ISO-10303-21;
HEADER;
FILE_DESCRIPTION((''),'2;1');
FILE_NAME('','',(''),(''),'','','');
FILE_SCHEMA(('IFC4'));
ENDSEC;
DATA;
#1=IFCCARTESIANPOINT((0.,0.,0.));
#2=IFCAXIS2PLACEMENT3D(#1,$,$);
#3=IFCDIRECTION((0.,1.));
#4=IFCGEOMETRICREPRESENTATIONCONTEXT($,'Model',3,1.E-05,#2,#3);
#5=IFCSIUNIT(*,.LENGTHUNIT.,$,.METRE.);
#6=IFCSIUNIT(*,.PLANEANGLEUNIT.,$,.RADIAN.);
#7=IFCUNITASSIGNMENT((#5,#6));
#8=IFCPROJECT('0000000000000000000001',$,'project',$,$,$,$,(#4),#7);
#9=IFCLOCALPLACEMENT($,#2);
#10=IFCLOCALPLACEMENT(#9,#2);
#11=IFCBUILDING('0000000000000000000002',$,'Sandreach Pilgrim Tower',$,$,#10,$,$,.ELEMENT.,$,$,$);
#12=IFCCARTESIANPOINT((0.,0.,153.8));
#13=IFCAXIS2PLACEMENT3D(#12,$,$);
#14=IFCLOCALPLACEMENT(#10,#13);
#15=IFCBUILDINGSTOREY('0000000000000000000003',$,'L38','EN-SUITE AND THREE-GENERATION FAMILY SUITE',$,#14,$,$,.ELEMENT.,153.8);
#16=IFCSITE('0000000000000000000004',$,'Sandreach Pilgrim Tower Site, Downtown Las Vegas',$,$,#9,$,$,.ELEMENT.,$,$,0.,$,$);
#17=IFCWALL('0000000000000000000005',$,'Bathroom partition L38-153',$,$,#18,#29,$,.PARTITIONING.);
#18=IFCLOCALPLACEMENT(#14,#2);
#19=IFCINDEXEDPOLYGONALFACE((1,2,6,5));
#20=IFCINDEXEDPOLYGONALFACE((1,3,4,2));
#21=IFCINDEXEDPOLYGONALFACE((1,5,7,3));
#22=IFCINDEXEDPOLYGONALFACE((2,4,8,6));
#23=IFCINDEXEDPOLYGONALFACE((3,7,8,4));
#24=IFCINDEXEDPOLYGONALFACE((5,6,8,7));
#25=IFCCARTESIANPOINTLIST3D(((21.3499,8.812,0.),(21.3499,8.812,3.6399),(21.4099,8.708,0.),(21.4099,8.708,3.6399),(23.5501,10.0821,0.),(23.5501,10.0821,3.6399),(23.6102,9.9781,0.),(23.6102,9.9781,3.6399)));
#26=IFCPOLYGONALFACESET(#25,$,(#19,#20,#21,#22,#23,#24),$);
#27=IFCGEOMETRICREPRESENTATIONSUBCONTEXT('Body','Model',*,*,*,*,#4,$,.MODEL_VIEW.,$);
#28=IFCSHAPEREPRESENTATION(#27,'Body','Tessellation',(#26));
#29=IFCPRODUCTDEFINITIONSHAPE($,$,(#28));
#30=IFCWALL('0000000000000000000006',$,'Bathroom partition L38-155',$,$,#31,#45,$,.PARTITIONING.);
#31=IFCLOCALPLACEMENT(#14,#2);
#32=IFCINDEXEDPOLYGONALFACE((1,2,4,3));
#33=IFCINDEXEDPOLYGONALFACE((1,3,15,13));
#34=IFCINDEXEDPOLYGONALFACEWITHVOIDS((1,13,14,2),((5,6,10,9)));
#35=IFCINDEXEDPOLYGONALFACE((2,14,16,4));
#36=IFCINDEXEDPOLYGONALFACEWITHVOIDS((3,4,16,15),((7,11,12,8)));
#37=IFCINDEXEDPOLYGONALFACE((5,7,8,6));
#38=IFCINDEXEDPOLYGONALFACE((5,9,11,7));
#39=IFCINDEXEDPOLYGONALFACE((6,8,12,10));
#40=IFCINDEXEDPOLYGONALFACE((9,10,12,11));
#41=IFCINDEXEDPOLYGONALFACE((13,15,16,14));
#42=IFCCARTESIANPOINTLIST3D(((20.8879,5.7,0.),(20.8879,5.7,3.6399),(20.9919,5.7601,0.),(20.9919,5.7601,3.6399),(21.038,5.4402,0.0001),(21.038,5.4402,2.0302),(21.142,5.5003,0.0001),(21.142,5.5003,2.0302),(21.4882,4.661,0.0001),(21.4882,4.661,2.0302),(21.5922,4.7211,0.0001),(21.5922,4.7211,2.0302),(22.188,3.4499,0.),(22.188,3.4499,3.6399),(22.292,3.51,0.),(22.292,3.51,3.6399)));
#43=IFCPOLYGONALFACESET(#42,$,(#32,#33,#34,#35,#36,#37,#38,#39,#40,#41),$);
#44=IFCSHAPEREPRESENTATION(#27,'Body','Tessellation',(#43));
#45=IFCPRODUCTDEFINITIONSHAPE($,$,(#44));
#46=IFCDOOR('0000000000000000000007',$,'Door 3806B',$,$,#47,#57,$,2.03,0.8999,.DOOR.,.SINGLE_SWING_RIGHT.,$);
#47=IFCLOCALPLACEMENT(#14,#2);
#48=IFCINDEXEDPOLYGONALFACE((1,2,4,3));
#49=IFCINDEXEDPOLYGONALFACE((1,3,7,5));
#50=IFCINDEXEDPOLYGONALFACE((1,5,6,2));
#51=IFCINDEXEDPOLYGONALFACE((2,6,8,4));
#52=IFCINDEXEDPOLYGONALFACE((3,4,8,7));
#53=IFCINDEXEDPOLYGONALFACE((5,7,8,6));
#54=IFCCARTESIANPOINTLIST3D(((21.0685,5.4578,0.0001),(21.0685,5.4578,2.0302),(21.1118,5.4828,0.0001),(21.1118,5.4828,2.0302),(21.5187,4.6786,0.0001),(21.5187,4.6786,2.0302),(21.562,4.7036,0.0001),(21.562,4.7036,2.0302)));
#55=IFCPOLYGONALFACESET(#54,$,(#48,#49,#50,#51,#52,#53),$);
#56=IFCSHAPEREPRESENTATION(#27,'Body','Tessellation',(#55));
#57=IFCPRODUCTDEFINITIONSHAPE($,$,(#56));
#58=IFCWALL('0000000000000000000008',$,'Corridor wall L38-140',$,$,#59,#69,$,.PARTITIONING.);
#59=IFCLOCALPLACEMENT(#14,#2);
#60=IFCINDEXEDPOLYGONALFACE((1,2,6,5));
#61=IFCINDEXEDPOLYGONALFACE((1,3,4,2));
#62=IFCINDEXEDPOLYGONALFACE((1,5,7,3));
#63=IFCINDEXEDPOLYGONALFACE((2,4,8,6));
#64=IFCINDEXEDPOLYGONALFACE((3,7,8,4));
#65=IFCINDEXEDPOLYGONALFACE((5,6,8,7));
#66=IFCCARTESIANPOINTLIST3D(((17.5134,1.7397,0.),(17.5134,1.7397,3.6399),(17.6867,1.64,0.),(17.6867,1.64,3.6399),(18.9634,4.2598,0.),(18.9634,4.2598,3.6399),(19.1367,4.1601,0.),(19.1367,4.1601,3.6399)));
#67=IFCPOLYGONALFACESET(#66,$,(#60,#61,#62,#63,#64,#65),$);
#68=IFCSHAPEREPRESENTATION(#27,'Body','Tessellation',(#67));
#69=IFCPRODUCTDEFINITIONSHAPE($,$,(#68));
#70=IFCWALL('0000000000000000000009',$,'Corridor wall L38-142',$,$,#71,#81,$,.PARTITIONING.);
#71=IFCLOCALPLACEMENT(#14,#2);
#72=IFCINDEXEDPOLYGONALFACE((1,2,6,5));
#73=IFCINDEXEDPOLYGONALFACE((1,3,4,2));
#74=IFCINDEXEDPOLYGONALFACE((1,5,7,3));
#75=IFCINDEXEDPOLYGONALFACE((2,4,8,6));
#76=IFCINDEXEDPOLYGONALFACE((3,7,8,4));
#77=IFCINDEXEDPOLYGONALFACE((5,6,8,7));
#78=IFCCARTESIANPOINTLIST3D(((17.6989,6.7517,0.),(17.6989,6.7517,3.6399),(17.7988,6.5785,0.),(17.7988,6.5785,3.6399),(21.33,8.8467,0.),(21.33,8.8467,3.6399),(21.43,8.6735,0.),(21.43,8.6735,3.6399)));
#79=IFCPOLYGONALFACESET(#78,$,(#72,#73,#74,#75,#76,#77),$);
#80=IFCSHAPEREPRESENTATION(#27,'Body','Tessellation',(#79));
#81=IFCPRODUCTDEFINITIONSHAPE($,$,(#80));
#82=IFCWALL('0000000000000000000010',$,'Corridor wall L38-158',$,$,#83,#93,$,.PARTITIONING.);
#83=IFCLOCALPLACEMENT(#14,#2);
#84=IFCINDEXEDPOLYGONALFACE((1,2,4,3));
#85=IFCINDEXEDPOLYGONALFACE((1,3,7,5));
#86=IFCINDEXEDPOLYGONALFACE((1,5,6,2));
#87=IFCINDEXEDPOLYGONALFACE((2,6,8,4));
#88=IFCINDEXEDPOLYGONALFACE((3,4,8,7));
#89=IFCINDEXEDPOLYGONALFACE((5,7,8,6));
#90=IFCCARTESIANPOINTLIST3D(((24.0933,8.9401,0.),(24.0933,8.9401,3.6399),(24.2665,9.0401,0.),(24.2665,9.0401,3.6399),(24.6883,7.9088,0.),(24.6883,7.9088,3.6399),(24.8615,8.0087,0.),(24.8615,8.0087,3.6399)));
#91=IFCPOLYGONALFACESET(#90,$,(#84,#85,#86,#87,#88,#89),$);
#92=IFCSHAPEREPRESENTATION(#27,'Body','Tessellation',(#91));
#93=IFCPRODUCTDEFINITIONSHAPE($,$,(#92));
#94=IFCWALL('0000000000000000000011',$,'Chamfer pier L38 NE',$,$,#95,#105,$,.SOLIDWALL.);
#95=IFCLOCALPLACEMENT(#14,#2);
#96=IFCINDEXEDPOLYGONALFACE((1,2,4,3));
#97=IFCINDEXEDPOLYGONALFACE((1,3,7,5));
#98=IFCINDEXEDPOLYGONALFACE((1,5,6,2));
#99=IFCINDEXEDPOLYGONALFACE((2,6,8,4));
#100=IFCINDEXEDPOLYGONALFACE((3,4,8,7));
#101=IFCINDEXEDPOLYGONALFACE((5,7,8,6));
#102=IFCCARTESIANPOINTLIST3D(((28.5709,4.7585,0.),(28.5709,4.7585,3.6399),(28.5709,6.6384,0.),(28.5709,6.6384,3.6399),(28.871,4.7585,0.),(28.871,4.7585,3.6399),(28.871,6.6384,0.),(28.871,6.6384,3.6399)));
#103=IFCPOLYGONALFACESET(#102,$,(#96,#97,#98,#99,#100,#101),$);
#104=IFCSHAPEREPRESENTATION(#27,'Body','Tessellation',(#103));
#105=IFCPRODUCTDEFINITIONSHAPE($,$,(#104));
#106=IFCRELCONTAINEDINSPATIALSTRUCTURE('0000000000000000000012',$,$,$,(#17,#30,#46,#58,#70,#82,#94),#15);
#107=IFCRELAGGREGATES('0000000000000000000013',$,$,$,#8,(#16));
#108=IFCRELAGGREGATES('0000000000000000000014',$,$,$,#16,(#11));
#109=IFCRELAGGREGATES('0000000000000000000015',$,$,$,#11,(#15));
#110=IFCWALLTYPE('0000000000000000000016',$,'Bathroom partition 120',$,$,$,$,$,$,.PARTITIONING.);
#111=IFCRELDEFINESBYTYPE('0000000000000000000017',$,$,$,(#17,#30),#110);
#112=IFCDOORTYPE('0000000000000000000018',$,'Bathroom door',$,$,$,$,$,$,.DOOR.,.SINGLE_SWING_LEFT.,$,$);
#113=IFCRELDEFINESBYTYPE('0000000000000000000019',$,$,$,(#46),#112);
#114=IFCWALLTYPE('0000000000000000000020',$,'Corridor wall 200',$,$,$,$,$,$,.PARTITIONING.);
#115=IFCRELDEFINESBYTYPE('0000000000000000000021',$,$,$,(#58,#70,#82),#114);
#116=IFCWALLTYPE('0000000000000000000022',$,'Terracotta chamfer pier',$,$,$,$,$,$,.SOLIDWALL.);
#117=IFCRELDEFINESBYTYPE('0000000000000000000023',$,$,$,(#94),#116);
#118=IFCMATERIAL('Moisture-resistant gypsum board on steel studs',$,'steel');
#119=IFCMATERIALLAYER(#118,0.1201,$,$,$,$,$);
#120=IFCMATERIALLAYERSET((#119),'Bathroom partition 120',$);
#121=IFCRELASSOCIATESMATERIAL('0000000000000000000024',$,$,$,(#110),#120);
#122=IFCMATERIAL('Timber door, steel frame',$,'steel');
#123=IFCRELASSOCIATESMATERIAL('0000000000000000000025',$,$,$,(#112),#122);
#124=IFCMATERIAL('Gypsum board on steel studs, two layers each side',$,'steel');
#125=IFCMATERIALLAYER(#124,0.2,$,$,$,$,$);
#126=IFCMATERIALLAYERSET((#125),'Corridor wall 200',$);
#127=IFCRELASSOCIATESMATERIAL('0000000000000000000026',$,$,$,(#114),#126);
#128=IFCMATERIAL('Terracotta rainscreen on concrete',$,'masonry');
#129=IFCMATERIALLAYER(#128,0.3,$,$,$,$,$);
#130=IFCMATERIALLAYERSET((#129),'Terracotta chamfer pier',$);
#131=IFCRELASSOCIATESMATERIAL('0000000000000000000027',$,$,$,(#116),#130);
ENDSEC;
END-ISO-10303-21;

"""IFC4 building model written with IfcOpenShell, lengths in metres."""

from ifc_helpers import new_model, si_unit, direction, frame, frame_2d, origin, place, context, subcontext, project, spatial, rectangle, extrude, material, layer, layer_set, type_object, element, fill, save


model = new_model("IFC4")

# Units and contexts
model_context = context("Model", 3, precision=1e-05, world=origin(), true_north=direction((0.0, 1.0)))
body_context = subcontext(model_context, "Body", "Model", "MODEL_VIEW")
ifc_project = project(units=[si_unit("LENGTHUNIT", "METRE"), si_unit("PLANEANGLEUNIT", "RADIAN")], contexts=[model_context])

# Site, building, storey
site_placement = place(None, origin())
site = spatial("IfcSite", under=ifc_project, at=site_placement, Name="Sandreach Pilgrim Tower Site, Downtown Las Vegas", CompositionType="ELEMENT", RefElevation=0.0)
building_placement = place(site_placement, origin())
building = spatial("IfcBuilding", under=site, at=building_placement, Name="Sandreach Pilgrim Tower", CompositionType="ELEMENT")
storey_placement = place(building_placement, frame((0.0, 0.0, 153.8)))
storey = spatial("IfcBuildingStorey", under=building, at=storey_placement, Name="L38", Description="EN-SUITE AND THREE-GENERATION FAMILY SUITE", CompositionType="ELEMENT", Elevation=153.8)

# Wall
ifc_material_1 = material(Name="Moisture-resistant gypsum board on steel studs", Category="steel")
ifc_layer_1 = layer(ifc_material_1, 0.1201)
ifc_layer_set_1 = layer_set([ifc_layer_1], Name="Bathroom partition 120")
wall_type_1 = type_object("IfcWallType", Name="Bathroom partition 120", PredefinedType="PARTITIONING", material=ifc_layer_set_1)
wall_1_placement = place(storey_placement, frame((21.3799, 8.76, 0.0), z_axis=(0.0, 0.0, 1.0), x_axis=(0.86607, 0.499922, 0.0)))
element("IfcWall", 1, at=wall_1_placement, inside=storey, type_object=wall_type_1, Name="Bathroom partition L38-153", PredefinedType="PARTITIONING", context=body_context, shape_type="SweptSolid", body=[
    extrude(rectangle(XDim=2.5405, YDim=0.1201, at=frame_2d((1.2703, 0.0))), origin(), (0.0, 0.0, 1.0), 3.6399),
])

# Wall, opening, door
wall_2_placement = place(storey_placement, frame((22.24, 3.48, 0.0), z_axis=(0.0, 0.0, 1.0), x_axis=(-0.500292, 0.865857, 0.0)))
wall_2 = element("IfcWall", 2, at=wall_2_placement, inside=storey, type_object=wall_type_1, Name="Bathroom partition L38-155", PredefinedType="PARTITIONING", context=body_context, shape_type="SweptSolid", body=[
    extrude(rectangle(XDim=2.5986, YDim=0.1201, at=frame_2d((1.2993, 0.0))), origin(), (0.0, 0.0, 1.0), 3.6399),
])
opening_1_placement = place(wall_2_placement, frame((1.3987, 0.0, 0.0)))
opening_1 = element("IfcOpeningElement", 3, at=opening_1_placement, cuts=wall_2, PredefinedType="OPENING", context=body_context, shape_type="SweptSolid", body=[
    extrude(rectangle(XDim=0.8999, YDim=2.03, at=frame_2d((0.45, 1.0151))), frame((0.0, 0.0601, 0.0), z_axis=(0.0, -1.0, 0.0), x_axis=(1.0, 0.0, 0.0)), (0.0, 0.0, 1.0), 0.1201),
])
ifc_material_2 = material(Name="Timber door, steel frame", Category="steel")
door_type_1 = type_object("IfcDoorType", Name="Bathroom door", OperationType="SINGLE_SWING_LEFT", PredefinedType="DOOR", material=ifc_material_2)
door_1_placement = place(opening_1_placement, origin())
door_1 = element("IfcDoor", 4, at=door_1_placement, inside=storey, type_object=door_type_1, Name="Door 3806B", OperationType="SINGLE_SWING_RIGHT", OverallHeight=2.03, OverallWidth=0.8999, PredefinedType="DOOR", context=body_context, shape_type="SweptSolid", body=[
    extrude(rectangle(XDim=0.8999, YDim=2.03, at=frame_2d((0.45, 1.0151))), frame((0.0, 0.0249, 0.0), z_axis=(0.0, -1.0, 0.0), x_axis=(1.0, 0.0, 0.0)), (0.0, 0.0, 1.0), 0.05),
])
fill(opening_1, door_1)
ifc_material_3 = material(Name="Gypsum board on steel studs, two layers each side", Category="steel")
ifc_layer_2 = layer(ifc_material_3, 0.2)
ifc_layer_set_2 = layer_set([ifc_layer_2], Name="Corridor wall 200")
wall_type_2 = type_object("IfcWallType", Name="Corridor wall 200", PredefinedType="PARTITIONING", material=ifc_layer_set_2)

# Wall
wall_3_placement = place(storey_placement, frame((17.6001, 1.6899, 0.0), z_axis=(0.0, 0.0, 1.0), x_axis=(0.498714, 0.866767, 0.0)))
element("IfcWall", 5, at=wall_3_placement, inside=storey, type_object=wall_type_2, Name="Corridor wall L38-140", PredefinedType="PARTITIONING", context=body_context, shape_type="SweptSolid", body=[
    extrude(rectangle(XDim=2.9075, YDim=0.2, at=frame_2d((1.4536, 0.0))), origin(), (0.0, 0.0, 1.0), 3.6399),
])

# Wall
wall_4_placement = place(storey_placement, frame((17.7488, 6.665, 0.0), z_axis=(0.0, 0.0, 1.0), x_axis=(0.866175, 0.499741, 0.0)))
element("IfcWall", 6, at=wall_4_placement, inside=storey, type_object=wall_type_2, Name="Corridor wall L38-142", PredefinedType="PARTITIONING", context=body_context, shape_type="SweptSolid", body=[
    extrude(rectangle(XDim=4.1921, YDim=0.2, at=frame_2d((2.0962, 0.0))), origin(), (0.0, 0.0, 1.0), 3.6399),
])

# Walls
wall_5_placement = place(storey_placement, frame((24.1799, 8.99, 0.0), z_axis=(0.0, 0.0, 1.0), x_axis=(0.499734, -0.866179, 0.0)))
element("IfcWall", 7, at=wall_5_placement, inside=storey, type_object=wall_type_2, Name="Corridor wall L38-158", PredefinedType="PARTITIONING", context=body_context, shape_type="SweptSolid", body=[
    extrude(rectangle(XDim=1.1907, YDim=0.2, at=frame_2d((0.5952, 0.0))), origin(), (0.0, 0.0, 1.0), 3.6399),
])
ifc_material_4 = material(Name="Terracotta rainscreen on concrete", Category="masonry")
ifc_layer_3 = layer(ifc_material_4, 0.3)
ifc_layer_set_3 = layer_set([ifc_layer_3], Name="Terracotta chamfer pier")
wall_type_3 = type_object("IfcWallType", Name="Terracotta chamfer pier", PredefinedType="SOLIDWALL", material=ifc_layer_set_3)
wall_6_placement = place(storey_placement, frame((28.7209, 6.6384, 0.0), z_axis=(0.0, 0.0, 1.0), x_axis=(0.0, -1.0, 0.0)))
element("IfcWall", 8, at=wall_6_placement, inside=storey, type_object=wall_type_3, Name="Chamfer pier L38 NE", PredefinedType="SOLIDWALL", context=body_context, shape_type="SweptSolid", body=[
    extrude(rectangle(XDim=1.8799, YDim=0.3, at=frame_2d((0.9399, 0.0))), origin(), (0.0, 0.0, 1.0), 3.6399),
])

save(model, "model.ifc")
